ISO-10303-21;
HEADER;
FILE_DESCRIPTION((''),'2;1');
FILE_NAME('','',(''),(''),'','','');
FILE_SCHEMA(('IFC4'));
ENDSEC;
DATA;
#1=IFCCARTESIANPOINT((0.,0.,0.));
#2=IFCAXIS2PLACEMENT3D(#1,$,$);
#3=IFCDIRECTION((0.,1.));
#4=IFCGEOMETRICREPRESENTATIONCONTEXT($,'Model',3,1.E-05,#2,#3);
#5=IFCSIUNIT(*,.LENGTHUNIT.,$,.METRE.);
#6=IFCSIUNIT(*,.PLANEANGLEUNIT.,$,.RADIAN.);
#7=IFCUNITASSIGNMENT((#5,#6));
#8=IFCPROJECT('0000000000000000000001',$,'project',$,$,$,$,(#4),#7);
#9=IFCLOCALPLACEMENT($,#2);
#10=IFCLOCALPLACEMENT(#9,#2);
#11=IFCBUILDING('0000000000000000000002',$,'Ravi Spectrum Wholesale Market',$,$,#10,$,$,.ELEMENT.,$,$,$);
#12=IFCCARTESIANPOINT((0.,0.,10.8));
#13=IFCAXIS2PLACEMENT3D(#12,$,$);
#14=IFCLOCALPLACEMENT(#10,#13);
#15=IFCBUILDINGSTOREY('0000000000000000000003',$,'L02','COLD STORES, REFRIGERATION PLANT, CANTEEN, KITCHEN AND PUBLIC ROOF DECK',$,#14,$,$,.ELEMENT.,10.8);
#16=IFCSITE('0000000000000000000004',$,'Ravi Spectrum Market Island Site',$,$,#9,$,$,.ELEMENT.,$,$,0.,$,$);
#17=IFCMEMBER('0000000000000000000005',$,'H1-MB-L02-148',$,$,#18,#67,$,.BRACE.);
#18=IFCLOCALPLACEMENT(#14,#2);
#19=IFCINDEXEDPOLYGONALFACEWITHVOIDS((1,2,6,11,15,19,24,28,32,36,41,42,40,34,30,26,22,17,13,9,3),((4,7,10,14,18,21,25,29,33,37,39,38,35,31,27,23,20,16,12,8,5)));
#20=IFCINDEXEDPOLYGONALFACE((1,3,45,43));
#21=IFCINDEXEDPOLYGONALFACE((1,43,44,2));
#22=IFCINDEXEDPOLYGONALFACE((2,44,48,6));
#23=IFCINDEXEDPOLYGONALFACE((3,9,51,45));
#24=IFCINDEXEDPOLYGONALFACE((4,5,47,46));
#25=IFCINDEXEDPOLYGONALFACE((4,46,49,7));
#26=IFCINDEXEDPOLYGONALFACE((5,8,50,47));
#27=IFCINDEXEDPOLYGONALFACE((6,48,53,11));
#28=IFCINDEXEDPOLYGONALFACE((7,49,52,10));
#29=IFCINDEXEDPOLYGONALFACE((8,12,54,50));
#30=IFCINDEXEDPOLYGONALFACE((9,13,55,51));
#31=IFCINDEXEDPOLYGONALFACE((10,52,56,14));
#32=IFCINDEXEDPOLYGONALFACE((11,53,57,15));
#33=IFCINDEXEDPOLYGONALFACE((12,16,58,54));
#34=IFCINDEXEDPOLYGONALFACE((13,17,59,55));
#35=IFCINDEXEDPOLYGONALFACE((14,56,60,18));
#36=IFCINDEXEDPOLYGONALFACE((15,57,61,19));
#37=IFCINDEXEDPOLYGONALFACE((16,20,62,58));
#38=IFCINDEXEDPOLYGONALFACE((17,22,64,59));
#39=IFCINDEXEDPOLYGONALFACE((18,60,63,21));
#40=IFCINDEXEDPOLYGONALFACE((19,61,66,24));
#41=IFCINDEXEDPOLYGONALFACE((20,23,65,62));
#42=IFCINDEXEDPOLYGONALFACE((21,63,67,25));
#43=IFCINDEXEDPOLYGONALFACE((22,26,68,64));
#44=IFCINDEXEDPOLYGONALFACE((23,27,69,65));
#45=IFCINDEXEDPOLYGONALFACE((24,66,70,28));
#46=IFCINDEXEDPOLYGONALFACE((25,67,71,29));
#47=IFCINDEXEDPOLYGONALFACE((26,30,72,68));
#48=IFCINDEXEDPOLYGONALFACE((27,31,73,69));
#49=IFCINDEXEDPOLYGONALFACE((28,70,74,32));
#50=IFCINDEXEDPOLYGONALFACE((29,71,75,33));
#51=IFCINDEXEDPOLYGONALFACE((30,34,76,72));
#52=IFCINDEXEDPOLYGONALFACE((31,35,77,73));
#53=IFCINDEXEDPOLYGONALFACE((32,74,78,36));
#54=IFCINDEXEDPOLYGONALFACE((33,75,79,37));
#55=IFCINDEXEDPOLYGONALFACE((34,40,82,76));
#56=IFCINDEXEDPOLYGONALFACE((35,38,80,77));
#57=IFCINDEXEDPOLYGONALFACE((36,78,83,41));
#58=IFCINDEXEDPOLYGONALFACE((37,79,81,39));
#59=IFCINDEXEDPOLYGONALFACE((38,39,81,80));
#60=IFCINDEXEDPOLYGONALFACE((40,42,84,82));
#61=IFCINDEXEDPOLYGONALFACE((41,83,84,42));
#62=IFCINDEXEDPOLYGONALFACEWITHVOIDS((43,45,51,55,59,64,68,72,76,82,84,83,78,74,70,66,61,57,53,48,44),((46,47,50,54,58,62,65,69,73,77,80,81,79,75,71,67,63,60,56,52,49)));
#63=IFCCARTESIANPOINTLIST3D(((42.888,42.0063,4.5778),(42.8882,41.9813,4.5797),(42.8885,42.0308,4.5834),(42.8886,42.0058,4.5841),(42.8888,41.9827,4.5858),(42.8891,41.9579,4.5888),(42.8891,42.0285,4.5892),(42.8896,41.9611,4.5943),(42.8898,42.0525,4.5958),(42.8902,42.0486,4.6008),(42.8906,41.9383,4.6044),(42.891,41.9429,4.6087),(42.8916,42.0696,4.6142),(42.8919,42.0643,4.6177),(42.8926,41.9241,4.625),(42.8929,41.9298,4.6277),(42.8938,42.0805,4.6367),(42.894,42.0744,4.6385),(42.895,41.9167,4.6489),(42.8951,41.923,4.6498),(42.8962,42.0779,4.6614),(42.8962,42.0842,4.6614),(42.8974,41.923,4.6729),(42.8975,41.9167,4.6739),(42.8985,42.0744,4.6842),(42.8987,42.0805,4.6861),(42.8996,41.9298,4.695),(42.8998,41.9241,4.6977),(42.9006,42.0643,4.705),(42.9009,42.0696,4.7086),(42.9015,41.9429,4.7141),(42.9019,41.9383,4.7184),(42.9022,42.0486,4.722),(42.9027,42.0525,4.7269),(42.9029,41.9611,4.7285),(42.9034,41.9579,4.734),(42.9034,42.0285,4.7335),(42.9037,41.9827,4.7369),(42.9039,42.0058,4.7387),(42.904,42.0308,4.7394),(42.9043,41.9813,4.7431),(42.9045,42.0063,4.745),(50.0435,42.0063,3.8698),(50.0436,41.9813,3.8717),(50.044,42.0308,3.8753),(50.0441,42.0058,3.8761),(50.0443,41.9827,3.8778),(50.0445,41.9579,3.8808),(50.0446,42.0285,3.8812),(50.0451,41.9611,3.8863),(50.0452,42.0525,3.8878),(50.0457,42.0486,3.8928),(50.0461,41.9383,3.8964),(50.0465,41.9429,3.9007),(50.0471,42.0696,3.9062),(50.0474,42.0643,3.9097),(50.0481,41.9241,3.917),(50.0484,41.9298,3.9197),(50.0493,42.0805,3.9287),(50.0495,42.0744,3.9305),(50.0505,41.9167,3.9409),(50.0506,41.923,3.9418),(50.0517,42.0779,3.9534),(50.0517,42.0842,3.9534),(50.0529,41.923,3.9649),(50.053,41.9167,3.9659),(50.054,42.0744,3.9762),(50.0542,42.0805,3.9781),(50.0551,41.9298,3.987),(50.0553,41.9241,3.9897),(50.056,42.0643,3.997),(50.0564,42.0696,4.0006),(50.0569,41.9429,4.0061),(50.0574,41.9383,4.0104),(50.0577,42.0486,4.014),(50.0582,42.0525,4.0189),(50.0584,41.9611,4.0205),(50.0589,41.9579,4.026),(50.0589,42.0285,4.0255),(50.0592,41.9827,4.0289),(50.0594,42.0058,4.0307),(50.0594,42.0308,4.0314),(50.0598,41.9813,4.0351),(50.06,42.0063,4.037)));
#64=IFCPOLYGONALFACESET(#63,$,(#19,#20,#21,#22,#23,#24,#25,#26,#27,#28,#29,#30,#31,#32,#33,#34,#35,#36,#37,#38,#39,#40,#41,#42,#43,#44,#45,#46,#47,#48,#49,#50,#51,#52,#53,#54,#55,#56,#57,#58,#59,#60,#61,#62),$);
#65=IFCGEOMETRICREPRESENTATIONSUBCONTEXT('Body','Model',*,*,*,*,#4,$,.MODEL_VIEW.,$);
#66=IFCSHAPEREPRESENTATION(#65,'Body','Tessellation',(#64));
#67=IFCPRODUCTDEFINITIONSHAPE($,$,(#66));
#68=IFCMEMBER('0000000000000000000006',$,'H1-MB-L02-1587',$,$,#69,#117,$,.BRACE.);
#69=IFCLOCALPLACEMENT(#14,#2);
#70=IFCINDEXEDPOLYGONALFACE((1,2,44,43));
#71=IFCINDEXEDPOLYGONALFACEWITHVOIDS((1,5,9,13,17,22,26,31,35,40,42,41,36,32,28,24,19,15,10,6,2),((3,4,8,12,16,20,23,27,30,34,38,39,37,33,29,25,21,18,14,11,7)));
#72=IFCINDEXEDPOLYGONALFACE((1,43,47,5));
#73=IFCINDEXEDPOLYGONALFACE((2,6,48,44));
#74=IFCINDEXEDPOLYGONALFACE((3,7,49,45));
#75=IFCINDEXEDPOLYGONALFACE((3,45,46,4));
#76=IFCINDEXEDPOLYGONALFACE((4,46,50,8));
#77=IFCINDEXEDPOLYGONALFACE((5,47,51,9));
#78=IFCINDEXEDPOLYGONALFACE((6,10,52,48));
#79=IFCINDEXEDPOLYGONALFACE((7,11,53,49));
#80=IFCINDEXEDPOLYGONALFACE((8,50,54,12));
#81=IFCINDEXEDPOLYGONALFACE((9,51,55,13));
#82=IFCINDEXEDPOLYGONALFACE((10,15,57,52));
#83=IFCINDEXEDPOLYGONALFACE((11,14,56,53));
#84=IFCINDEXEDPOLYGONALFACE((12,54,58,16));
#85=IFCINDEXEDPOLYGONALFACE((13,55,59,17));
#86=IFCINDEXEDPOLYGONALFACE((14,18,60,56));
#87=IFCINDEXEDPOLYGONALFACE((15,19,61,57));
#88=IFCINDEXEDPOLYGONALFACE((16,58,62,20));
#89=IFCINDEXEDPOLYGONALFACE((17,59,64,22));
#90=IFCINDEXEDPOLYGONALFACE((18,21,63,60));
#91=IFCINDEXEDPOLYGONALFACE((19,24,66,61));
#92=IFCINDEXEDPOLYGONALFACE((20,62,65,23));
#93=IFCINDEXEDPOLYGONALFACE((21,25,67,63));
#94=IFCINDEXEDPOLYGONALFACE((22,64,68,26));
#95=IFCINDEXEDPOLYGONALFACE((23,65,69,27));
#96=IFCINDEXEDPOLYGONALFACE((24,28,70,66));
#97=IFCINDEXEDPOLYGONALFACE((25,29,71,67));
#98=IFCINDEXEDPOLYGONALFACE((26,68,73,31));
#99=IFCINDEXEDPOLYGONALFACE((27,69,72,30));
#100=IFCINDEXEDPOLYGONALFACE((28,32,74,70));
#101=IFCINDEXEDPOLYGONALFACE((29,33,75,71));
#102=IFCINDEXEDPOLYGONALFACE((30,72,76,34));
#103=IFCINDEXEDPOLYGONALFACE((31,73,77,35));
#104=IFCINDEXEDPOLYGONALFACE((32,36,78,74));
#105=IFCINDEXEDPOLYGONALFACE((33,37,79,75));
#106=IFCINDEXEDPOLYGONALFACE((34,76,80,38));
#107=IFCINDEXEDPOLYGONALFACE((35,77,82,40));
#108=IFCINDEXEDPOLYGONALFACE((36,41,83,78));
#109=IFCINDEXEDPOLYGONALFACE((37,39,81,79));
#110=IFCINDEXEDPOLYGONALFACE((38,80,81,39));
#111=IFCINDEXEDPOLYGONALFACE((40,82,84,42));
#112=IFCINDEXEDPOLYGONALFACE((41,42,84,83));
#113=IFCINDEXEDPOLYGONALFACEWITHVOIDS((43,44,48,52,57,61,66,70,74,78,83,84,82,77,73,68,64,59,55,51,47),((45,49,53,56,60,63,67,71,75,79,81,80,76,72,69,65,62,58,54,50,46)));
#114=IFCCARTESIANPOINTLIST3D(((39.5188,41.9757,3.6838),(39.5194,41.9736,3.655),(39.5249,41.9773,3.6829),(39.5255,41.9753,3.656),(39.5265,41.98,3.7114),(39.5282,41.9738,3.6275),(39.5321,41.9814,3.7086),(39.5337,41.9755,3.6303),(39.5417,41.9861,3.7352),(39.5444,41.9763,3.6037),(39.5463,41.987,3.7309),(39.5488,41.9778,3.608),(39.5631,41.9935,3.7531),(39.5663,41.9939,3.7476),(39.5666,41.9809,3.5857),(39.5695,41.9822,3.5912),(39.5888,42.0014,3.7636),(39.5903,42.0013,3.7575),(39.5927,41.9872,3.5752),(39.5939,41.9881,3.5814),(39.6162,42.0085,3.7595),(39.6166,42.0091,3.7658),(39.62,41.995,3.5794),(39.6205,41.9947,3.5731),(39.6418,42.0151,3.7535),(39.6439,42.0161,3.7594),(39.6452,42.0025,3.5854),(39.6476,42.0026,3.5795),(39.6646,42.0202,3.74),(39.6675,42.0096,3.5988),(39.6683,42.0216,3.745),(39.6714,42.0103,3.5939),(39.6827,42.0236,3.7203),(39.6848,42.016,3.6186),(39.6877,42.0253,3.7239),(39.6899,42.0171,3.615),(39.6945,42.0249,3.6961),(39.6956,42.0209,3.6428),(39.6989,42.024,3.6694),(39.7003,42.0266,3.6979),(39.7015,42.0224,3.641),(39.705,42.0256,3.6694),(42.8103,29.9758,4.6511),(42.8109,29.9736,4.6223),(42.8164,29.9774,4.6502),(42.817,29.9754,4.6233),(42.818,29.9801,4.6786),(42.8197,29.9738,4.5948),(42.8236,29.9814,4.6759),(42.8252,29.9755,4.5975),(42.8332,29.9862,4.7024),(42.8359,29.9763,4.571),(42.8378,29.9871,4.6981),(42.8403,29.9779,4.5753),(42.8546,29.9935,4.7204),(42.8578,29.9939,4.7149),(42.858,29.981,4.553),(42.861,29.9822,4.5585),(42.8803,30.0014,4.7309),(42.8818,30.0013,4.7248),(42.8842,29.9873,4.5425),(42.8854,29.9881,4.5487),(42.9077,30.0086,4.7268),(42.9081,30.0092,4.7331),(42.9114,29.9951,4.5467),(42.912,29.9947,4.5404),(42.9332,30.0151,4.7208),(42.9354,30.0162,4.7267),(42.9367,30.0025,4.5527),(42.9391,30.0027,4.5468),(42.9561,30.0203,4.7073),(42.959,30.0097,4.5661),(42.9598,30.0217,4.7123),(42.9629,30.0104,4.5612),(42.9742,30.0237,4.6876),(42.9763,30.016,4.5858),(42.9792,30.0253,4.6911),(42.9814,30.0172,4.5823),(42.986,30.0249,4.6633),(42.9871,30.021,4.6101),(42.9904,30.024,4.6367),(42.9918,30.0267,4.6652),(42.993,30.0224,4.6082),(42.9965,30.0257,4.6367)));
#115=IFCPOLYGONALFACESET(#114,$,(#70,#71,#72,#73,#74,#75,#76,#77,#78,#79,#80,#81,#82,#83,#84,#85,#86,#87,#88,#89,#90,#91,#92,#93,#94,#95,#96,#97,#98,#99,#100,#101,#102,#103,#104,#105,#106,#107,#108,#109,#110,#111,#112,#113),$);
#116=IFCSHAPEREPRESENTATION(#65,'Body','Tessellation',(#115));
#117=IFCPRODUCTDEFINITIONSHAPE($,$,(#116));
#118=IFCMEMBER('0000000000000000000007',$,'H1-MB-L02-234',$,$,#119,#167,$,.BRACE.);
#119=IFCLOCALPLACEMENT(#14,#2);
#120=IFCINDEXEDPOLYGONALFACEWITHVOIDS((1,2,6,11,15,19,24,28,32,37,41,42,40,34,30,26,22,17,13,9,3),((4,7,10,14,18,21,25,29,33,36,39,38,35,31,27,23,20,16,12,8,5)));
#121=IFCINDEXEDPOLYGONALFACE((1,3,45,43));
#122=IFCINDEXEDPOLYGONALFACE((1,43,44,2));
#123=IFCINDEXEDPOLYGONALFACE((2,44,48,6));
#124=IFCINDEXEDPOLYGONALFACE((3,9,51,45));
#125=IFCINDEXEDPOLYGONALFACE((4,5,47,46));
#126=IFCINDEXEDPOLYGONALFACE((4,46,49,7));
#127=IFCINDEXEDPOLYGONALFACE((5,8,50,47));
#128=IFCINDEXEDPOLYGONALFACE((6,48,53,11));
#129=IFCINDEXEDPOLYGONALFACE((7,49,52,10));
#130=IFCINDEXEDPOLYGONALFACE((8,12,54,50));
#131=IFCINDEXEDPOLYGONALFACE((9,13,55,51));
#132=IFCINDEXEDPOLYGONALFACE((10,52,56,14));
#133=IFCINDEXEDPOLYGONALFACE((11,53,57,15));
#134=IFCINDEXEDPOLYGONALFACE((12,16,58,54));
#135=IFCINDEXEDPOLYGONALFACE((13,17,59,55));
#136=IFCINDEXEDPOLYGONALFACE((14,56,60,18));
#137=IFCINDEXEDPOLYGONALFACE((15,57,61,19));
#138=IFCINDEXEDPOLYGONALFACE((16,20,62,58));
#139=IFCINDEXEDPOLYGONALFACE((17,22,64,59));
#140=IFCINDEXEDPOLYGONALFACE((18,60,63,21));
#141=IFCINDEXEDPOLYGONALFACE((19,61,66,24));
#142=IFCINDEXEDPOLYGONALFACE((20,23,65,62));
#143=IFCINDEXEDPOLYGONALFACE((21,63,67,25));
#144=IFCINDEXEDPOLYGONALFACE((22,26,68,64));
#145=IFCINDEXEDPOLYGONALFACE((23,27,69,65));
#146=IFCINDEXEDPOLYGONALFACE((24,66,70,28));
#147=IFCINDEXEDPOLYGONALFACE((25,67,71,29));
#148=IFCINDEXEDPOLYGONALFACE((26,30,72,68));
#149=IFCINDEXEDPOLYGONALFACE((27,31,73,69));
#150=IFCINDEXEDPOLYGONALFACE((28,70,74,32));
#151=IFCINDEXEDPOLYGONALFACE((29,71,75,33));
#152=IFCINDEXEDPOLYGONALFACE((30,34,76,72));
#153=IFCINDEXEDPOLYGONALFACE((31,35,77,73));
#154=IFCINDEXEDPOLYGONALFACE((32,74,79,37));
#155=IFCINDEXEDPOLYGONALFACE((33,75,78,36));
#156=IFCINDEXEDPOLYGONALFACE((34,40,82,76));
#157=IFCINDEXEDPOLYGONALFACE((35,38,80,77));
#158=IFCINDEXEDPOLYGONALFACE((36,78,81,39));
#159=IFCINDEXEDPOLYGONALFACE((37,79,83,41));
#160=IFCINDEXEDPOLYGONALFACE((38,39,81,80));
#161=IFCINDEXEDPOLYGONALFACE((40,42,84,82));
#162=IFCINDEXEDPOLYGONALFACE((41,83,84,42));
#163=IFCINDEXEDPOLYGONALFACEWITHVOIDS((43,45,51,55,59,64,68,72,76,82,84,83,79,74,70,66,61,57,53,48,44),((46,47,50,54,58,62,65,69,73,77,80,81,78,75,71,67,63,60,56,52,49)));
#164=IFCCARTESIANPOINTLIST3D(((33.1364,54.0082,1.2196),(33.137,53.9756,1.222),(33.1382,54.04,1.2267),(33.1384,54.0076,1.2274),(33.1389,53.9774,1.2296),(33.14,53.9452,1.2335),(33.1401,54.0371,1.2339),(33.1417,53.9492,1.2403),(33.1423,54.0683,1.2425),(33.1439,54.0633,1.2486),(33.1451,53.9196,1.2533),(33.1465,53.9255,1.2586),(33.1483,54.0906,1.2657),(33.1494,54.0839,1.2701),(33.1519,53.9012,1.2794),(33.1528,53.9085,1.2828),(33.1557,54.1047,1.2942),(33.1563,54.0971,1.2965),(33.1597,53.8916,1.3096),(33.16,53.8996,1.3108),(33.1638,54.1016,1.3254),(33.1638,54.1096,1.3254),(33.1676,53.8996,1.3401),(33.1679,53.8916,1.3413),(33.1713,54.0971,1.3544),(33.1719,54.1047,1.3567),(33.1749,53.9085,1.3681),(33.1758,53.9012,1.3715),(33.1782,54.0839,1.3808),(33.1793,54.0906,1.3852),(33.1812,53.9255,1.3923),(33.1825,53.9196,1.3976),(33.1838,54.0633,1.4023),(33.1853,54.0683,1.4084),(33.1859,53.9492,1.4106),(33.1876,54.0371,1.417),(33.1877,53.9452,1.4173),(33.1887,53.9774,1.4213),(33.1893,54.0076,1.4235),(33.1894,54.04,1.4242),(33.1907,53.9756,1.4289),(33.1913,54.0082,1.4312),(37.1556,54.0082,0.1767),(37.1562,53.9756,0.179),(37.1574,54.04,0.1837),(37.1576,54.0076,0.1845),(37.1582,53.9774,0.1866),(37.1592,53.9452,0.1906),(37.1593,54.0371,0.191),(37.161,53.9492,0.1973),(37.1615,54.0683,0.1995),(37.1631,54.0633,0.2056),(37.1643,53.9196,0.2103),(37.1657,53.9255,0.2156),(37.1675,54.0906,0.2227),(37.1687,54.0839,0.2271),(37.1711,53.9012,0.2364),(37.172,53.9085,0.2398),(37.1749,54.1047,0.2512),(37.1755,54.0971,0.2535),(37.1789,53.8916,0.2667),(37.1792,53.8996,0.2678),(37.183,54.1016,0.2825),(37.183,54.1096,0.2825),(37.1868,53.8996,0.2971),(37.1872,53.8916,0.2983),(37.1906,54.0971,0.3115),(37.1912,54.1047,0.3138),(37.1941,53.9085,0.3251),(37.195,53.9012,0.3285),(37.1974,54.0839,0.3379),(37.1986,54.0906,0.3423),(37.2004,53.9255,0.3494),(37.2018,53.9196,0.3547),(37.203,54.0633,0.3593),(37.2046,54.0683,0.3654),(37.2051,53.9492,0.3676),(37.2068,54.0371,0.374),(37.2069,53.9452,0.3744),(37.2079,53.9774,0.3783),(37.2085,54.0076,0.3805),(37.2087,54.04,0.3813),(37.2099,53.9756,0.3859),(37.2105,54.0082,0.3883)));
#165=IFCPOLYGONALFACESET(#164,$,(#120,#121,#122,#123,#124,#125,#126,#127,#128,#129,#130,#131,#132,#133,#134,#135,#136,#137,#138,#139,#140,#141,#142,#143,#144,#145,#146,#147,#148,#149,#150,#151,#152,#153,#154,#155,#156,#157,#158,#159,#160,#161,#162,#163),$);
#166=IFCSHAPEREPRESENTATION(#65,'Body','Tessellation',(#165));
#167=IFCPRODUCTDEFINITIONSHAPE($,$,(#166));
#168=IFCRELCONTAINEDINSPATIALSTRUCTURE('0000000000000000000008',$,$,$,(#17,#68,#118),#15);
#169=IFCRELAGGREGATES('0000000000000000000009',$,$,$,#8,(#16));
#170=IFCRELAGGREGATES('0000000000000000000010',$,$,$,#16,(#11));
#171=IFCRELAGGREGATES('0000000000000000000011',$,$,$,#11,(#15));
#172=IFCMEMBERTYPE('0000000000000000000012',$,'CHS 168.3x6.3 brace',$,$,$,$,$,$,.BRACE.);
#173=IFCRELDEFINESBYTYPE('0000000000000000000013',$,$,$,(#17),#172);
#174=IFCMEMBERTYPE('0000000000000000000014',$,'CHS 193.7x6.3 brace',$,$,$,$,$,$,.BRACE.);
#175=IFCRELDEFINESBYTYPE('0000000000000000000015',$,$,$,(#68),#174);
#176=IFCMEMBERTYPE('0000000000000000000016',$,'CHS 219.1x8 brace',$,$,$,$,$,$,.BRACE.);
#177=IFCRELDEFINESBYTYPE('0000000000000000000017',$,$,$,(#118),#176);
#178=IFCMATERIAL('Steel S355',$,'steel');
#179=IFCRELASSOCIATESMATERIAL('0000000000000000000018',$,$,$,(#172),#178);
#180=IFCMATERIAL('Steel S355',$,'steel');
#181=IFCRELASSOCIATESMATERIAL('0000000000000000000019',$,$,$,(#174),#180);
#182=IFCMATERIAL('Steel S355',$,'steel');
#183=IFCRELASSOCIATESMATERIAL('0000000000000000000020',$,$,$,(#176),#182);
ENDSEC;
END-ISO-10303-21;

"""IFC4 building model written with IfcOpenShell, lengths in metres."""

from ifc_helpers import new_model, si_unit, direction, frame, origin, origin_2d, place, context, subcontext, project, spatial, hollow_circle, extrude, material, material_profile, profile_set, type_object, element, save


model = new_model("IFC4")

# Units and contexts
model_context = context("Model", 3, precision=1e-05, world=origin(), true_north=direction((0.0, 1.0)))
body_context = subcontext(model_context, "Body", "Model", "MODEL_VIEW")
ifc_project = project(units=[si_unit("LENGTHUNIT", "METRE"), si_unit("PLANEANGLEUNIT", "RADIAN")], contexts=[model_context])

# Site, building, storey
site_placement = place(None, origin())
site = spatial("IfcSite", under=ifc_project, at=site_placement, Name="Ravi Spectrum Market Island Site", CompositionType="ELEMENT", RefElevation=0.0)
building_placement = place(site_placement, origin())
building = spatial("IfcBuilding", under=site, at=building_placement, Name="Ravi Spectrum Wholesale Market", CompositionType="ELEMENT")
storey_placement = place(building_placement, frame((0.0, 0.0, 10.8)))
storey = spatial("IfcBuildingStorey", under=building, at=storey_placement, Name="L02", Description="COLD STORES, REFRIGERATION PLANT, CANTEEN, KITCHEN AND PUBLIC ROOF DECK", CompositionType="ELEMENT", Elevation=10.8)

# Members
ifc_material_1 = material(Name="Steel S355", Category="steel")
ifc_material_profile_1 = material_profile(ifc_material_1, hollow_circle(Radius=0.0842, WallThickness=0.0063, at=origin_2d()))
ifc_profile_set_1 = profile_set([ifc_material_profile_1], Name="Steel S355")
member_type_1 = type_object("IfcMemberType", Name="CHS 168.3x6.3 brace", PredefinedType="BRACE", material=ifc_profile_set_1)
member_1_placement = place(storey_placement, frame((42.8962, 42.0, 4.6614), z_axis=(0.995141, 0.0, -0.098465), x_axis=(0.0, 1.0, 0.0)))
element("IfcMember", 1, at=member_1_placement, inside=storey, type_object=member_type_1, Name="H1-MB-L02-148", PredefinedType="BRACE", context=body_context, shape_type="SweptSolid", body=[
    extrude(hollow_circle(Radius=0.0842, WallThickness=0.0063, at=origin_2d()), origin(), (0.0, 0.0, 1.0), 7.1904),
])
ifc_material_2 = material(Name="Steel S355", Category="steel")
ifc_material_profile_2 = material_profile(ifc_material_2, hollow_circle(Radius=0.0969, WallThickness=0.0063, at=origin_2d()))
ifc_profile_set_2 = profile_set([ifc_material_profile_2], Name="Steel S355")
member_type_2 = type_object("IfcMemberType", Name="CHS 193.7x6.3 brace", PredefinedType="BRACE", material=ifc_profile_set_2)
member_2_placement = place(storey_placement, frame((39.6116, 42.0, 3.6694), z_axis=(0.263726, -0.961479, 0.077502), x_axis=(0.96438, 0.264522, 0.0)))
element("IfcMember", 2, at=member_2_placement, inside=storey, type_object=member_type_2, Name="H1-MB-L02-1587", PredefinedType="BRACE", context=body_context, shape_type="SweptSolid", body=[
    extrude(hollow_circle(Radius=0.0969, WallThickness=0.0063, at=origin_2d()), origin(), (0.0, 0.0, 1.0), 12.4807),
])
ifc_material_3 = material(Name="Steel S355", Category="steel")
ifc_material_profile_3 = material_profile(ifc_material_3, hollow_circle(Radius=0.1096, WallThickness=0.0081, at=origin_2d()))
ifc_profile_set_3 = profile_set([ifc_material_profile_3], Name="Steel S355")
member_type_3 = type_object("IfcMemberType", Name="CHS 219.1x8 brace", PredefinedType="BRACE", material=ifc_profile_set_3)
member_3_placement = place(storey_placement, frame((33.1638, 54.0, 1.3254), z_axis=(0.967942, 0.0, -0.251172), x_axis=(0.0, 1.0, 0.0)))
element("IfcMember", 3, at=member_3_placement, inside=storey, type_object=member_type_3, Name="H1-MB-L02-234", PredefinedType="BRACE", context=body_context, shape_type="SweptSolid", body=[
    extrude(hollow_circle(Radius=0.1096, WallThickness=0.0081, at=origin_2d()), origin(), (0.0, 0.0, 1.0), 4.1523),
])

save(model, "model.ifc")
